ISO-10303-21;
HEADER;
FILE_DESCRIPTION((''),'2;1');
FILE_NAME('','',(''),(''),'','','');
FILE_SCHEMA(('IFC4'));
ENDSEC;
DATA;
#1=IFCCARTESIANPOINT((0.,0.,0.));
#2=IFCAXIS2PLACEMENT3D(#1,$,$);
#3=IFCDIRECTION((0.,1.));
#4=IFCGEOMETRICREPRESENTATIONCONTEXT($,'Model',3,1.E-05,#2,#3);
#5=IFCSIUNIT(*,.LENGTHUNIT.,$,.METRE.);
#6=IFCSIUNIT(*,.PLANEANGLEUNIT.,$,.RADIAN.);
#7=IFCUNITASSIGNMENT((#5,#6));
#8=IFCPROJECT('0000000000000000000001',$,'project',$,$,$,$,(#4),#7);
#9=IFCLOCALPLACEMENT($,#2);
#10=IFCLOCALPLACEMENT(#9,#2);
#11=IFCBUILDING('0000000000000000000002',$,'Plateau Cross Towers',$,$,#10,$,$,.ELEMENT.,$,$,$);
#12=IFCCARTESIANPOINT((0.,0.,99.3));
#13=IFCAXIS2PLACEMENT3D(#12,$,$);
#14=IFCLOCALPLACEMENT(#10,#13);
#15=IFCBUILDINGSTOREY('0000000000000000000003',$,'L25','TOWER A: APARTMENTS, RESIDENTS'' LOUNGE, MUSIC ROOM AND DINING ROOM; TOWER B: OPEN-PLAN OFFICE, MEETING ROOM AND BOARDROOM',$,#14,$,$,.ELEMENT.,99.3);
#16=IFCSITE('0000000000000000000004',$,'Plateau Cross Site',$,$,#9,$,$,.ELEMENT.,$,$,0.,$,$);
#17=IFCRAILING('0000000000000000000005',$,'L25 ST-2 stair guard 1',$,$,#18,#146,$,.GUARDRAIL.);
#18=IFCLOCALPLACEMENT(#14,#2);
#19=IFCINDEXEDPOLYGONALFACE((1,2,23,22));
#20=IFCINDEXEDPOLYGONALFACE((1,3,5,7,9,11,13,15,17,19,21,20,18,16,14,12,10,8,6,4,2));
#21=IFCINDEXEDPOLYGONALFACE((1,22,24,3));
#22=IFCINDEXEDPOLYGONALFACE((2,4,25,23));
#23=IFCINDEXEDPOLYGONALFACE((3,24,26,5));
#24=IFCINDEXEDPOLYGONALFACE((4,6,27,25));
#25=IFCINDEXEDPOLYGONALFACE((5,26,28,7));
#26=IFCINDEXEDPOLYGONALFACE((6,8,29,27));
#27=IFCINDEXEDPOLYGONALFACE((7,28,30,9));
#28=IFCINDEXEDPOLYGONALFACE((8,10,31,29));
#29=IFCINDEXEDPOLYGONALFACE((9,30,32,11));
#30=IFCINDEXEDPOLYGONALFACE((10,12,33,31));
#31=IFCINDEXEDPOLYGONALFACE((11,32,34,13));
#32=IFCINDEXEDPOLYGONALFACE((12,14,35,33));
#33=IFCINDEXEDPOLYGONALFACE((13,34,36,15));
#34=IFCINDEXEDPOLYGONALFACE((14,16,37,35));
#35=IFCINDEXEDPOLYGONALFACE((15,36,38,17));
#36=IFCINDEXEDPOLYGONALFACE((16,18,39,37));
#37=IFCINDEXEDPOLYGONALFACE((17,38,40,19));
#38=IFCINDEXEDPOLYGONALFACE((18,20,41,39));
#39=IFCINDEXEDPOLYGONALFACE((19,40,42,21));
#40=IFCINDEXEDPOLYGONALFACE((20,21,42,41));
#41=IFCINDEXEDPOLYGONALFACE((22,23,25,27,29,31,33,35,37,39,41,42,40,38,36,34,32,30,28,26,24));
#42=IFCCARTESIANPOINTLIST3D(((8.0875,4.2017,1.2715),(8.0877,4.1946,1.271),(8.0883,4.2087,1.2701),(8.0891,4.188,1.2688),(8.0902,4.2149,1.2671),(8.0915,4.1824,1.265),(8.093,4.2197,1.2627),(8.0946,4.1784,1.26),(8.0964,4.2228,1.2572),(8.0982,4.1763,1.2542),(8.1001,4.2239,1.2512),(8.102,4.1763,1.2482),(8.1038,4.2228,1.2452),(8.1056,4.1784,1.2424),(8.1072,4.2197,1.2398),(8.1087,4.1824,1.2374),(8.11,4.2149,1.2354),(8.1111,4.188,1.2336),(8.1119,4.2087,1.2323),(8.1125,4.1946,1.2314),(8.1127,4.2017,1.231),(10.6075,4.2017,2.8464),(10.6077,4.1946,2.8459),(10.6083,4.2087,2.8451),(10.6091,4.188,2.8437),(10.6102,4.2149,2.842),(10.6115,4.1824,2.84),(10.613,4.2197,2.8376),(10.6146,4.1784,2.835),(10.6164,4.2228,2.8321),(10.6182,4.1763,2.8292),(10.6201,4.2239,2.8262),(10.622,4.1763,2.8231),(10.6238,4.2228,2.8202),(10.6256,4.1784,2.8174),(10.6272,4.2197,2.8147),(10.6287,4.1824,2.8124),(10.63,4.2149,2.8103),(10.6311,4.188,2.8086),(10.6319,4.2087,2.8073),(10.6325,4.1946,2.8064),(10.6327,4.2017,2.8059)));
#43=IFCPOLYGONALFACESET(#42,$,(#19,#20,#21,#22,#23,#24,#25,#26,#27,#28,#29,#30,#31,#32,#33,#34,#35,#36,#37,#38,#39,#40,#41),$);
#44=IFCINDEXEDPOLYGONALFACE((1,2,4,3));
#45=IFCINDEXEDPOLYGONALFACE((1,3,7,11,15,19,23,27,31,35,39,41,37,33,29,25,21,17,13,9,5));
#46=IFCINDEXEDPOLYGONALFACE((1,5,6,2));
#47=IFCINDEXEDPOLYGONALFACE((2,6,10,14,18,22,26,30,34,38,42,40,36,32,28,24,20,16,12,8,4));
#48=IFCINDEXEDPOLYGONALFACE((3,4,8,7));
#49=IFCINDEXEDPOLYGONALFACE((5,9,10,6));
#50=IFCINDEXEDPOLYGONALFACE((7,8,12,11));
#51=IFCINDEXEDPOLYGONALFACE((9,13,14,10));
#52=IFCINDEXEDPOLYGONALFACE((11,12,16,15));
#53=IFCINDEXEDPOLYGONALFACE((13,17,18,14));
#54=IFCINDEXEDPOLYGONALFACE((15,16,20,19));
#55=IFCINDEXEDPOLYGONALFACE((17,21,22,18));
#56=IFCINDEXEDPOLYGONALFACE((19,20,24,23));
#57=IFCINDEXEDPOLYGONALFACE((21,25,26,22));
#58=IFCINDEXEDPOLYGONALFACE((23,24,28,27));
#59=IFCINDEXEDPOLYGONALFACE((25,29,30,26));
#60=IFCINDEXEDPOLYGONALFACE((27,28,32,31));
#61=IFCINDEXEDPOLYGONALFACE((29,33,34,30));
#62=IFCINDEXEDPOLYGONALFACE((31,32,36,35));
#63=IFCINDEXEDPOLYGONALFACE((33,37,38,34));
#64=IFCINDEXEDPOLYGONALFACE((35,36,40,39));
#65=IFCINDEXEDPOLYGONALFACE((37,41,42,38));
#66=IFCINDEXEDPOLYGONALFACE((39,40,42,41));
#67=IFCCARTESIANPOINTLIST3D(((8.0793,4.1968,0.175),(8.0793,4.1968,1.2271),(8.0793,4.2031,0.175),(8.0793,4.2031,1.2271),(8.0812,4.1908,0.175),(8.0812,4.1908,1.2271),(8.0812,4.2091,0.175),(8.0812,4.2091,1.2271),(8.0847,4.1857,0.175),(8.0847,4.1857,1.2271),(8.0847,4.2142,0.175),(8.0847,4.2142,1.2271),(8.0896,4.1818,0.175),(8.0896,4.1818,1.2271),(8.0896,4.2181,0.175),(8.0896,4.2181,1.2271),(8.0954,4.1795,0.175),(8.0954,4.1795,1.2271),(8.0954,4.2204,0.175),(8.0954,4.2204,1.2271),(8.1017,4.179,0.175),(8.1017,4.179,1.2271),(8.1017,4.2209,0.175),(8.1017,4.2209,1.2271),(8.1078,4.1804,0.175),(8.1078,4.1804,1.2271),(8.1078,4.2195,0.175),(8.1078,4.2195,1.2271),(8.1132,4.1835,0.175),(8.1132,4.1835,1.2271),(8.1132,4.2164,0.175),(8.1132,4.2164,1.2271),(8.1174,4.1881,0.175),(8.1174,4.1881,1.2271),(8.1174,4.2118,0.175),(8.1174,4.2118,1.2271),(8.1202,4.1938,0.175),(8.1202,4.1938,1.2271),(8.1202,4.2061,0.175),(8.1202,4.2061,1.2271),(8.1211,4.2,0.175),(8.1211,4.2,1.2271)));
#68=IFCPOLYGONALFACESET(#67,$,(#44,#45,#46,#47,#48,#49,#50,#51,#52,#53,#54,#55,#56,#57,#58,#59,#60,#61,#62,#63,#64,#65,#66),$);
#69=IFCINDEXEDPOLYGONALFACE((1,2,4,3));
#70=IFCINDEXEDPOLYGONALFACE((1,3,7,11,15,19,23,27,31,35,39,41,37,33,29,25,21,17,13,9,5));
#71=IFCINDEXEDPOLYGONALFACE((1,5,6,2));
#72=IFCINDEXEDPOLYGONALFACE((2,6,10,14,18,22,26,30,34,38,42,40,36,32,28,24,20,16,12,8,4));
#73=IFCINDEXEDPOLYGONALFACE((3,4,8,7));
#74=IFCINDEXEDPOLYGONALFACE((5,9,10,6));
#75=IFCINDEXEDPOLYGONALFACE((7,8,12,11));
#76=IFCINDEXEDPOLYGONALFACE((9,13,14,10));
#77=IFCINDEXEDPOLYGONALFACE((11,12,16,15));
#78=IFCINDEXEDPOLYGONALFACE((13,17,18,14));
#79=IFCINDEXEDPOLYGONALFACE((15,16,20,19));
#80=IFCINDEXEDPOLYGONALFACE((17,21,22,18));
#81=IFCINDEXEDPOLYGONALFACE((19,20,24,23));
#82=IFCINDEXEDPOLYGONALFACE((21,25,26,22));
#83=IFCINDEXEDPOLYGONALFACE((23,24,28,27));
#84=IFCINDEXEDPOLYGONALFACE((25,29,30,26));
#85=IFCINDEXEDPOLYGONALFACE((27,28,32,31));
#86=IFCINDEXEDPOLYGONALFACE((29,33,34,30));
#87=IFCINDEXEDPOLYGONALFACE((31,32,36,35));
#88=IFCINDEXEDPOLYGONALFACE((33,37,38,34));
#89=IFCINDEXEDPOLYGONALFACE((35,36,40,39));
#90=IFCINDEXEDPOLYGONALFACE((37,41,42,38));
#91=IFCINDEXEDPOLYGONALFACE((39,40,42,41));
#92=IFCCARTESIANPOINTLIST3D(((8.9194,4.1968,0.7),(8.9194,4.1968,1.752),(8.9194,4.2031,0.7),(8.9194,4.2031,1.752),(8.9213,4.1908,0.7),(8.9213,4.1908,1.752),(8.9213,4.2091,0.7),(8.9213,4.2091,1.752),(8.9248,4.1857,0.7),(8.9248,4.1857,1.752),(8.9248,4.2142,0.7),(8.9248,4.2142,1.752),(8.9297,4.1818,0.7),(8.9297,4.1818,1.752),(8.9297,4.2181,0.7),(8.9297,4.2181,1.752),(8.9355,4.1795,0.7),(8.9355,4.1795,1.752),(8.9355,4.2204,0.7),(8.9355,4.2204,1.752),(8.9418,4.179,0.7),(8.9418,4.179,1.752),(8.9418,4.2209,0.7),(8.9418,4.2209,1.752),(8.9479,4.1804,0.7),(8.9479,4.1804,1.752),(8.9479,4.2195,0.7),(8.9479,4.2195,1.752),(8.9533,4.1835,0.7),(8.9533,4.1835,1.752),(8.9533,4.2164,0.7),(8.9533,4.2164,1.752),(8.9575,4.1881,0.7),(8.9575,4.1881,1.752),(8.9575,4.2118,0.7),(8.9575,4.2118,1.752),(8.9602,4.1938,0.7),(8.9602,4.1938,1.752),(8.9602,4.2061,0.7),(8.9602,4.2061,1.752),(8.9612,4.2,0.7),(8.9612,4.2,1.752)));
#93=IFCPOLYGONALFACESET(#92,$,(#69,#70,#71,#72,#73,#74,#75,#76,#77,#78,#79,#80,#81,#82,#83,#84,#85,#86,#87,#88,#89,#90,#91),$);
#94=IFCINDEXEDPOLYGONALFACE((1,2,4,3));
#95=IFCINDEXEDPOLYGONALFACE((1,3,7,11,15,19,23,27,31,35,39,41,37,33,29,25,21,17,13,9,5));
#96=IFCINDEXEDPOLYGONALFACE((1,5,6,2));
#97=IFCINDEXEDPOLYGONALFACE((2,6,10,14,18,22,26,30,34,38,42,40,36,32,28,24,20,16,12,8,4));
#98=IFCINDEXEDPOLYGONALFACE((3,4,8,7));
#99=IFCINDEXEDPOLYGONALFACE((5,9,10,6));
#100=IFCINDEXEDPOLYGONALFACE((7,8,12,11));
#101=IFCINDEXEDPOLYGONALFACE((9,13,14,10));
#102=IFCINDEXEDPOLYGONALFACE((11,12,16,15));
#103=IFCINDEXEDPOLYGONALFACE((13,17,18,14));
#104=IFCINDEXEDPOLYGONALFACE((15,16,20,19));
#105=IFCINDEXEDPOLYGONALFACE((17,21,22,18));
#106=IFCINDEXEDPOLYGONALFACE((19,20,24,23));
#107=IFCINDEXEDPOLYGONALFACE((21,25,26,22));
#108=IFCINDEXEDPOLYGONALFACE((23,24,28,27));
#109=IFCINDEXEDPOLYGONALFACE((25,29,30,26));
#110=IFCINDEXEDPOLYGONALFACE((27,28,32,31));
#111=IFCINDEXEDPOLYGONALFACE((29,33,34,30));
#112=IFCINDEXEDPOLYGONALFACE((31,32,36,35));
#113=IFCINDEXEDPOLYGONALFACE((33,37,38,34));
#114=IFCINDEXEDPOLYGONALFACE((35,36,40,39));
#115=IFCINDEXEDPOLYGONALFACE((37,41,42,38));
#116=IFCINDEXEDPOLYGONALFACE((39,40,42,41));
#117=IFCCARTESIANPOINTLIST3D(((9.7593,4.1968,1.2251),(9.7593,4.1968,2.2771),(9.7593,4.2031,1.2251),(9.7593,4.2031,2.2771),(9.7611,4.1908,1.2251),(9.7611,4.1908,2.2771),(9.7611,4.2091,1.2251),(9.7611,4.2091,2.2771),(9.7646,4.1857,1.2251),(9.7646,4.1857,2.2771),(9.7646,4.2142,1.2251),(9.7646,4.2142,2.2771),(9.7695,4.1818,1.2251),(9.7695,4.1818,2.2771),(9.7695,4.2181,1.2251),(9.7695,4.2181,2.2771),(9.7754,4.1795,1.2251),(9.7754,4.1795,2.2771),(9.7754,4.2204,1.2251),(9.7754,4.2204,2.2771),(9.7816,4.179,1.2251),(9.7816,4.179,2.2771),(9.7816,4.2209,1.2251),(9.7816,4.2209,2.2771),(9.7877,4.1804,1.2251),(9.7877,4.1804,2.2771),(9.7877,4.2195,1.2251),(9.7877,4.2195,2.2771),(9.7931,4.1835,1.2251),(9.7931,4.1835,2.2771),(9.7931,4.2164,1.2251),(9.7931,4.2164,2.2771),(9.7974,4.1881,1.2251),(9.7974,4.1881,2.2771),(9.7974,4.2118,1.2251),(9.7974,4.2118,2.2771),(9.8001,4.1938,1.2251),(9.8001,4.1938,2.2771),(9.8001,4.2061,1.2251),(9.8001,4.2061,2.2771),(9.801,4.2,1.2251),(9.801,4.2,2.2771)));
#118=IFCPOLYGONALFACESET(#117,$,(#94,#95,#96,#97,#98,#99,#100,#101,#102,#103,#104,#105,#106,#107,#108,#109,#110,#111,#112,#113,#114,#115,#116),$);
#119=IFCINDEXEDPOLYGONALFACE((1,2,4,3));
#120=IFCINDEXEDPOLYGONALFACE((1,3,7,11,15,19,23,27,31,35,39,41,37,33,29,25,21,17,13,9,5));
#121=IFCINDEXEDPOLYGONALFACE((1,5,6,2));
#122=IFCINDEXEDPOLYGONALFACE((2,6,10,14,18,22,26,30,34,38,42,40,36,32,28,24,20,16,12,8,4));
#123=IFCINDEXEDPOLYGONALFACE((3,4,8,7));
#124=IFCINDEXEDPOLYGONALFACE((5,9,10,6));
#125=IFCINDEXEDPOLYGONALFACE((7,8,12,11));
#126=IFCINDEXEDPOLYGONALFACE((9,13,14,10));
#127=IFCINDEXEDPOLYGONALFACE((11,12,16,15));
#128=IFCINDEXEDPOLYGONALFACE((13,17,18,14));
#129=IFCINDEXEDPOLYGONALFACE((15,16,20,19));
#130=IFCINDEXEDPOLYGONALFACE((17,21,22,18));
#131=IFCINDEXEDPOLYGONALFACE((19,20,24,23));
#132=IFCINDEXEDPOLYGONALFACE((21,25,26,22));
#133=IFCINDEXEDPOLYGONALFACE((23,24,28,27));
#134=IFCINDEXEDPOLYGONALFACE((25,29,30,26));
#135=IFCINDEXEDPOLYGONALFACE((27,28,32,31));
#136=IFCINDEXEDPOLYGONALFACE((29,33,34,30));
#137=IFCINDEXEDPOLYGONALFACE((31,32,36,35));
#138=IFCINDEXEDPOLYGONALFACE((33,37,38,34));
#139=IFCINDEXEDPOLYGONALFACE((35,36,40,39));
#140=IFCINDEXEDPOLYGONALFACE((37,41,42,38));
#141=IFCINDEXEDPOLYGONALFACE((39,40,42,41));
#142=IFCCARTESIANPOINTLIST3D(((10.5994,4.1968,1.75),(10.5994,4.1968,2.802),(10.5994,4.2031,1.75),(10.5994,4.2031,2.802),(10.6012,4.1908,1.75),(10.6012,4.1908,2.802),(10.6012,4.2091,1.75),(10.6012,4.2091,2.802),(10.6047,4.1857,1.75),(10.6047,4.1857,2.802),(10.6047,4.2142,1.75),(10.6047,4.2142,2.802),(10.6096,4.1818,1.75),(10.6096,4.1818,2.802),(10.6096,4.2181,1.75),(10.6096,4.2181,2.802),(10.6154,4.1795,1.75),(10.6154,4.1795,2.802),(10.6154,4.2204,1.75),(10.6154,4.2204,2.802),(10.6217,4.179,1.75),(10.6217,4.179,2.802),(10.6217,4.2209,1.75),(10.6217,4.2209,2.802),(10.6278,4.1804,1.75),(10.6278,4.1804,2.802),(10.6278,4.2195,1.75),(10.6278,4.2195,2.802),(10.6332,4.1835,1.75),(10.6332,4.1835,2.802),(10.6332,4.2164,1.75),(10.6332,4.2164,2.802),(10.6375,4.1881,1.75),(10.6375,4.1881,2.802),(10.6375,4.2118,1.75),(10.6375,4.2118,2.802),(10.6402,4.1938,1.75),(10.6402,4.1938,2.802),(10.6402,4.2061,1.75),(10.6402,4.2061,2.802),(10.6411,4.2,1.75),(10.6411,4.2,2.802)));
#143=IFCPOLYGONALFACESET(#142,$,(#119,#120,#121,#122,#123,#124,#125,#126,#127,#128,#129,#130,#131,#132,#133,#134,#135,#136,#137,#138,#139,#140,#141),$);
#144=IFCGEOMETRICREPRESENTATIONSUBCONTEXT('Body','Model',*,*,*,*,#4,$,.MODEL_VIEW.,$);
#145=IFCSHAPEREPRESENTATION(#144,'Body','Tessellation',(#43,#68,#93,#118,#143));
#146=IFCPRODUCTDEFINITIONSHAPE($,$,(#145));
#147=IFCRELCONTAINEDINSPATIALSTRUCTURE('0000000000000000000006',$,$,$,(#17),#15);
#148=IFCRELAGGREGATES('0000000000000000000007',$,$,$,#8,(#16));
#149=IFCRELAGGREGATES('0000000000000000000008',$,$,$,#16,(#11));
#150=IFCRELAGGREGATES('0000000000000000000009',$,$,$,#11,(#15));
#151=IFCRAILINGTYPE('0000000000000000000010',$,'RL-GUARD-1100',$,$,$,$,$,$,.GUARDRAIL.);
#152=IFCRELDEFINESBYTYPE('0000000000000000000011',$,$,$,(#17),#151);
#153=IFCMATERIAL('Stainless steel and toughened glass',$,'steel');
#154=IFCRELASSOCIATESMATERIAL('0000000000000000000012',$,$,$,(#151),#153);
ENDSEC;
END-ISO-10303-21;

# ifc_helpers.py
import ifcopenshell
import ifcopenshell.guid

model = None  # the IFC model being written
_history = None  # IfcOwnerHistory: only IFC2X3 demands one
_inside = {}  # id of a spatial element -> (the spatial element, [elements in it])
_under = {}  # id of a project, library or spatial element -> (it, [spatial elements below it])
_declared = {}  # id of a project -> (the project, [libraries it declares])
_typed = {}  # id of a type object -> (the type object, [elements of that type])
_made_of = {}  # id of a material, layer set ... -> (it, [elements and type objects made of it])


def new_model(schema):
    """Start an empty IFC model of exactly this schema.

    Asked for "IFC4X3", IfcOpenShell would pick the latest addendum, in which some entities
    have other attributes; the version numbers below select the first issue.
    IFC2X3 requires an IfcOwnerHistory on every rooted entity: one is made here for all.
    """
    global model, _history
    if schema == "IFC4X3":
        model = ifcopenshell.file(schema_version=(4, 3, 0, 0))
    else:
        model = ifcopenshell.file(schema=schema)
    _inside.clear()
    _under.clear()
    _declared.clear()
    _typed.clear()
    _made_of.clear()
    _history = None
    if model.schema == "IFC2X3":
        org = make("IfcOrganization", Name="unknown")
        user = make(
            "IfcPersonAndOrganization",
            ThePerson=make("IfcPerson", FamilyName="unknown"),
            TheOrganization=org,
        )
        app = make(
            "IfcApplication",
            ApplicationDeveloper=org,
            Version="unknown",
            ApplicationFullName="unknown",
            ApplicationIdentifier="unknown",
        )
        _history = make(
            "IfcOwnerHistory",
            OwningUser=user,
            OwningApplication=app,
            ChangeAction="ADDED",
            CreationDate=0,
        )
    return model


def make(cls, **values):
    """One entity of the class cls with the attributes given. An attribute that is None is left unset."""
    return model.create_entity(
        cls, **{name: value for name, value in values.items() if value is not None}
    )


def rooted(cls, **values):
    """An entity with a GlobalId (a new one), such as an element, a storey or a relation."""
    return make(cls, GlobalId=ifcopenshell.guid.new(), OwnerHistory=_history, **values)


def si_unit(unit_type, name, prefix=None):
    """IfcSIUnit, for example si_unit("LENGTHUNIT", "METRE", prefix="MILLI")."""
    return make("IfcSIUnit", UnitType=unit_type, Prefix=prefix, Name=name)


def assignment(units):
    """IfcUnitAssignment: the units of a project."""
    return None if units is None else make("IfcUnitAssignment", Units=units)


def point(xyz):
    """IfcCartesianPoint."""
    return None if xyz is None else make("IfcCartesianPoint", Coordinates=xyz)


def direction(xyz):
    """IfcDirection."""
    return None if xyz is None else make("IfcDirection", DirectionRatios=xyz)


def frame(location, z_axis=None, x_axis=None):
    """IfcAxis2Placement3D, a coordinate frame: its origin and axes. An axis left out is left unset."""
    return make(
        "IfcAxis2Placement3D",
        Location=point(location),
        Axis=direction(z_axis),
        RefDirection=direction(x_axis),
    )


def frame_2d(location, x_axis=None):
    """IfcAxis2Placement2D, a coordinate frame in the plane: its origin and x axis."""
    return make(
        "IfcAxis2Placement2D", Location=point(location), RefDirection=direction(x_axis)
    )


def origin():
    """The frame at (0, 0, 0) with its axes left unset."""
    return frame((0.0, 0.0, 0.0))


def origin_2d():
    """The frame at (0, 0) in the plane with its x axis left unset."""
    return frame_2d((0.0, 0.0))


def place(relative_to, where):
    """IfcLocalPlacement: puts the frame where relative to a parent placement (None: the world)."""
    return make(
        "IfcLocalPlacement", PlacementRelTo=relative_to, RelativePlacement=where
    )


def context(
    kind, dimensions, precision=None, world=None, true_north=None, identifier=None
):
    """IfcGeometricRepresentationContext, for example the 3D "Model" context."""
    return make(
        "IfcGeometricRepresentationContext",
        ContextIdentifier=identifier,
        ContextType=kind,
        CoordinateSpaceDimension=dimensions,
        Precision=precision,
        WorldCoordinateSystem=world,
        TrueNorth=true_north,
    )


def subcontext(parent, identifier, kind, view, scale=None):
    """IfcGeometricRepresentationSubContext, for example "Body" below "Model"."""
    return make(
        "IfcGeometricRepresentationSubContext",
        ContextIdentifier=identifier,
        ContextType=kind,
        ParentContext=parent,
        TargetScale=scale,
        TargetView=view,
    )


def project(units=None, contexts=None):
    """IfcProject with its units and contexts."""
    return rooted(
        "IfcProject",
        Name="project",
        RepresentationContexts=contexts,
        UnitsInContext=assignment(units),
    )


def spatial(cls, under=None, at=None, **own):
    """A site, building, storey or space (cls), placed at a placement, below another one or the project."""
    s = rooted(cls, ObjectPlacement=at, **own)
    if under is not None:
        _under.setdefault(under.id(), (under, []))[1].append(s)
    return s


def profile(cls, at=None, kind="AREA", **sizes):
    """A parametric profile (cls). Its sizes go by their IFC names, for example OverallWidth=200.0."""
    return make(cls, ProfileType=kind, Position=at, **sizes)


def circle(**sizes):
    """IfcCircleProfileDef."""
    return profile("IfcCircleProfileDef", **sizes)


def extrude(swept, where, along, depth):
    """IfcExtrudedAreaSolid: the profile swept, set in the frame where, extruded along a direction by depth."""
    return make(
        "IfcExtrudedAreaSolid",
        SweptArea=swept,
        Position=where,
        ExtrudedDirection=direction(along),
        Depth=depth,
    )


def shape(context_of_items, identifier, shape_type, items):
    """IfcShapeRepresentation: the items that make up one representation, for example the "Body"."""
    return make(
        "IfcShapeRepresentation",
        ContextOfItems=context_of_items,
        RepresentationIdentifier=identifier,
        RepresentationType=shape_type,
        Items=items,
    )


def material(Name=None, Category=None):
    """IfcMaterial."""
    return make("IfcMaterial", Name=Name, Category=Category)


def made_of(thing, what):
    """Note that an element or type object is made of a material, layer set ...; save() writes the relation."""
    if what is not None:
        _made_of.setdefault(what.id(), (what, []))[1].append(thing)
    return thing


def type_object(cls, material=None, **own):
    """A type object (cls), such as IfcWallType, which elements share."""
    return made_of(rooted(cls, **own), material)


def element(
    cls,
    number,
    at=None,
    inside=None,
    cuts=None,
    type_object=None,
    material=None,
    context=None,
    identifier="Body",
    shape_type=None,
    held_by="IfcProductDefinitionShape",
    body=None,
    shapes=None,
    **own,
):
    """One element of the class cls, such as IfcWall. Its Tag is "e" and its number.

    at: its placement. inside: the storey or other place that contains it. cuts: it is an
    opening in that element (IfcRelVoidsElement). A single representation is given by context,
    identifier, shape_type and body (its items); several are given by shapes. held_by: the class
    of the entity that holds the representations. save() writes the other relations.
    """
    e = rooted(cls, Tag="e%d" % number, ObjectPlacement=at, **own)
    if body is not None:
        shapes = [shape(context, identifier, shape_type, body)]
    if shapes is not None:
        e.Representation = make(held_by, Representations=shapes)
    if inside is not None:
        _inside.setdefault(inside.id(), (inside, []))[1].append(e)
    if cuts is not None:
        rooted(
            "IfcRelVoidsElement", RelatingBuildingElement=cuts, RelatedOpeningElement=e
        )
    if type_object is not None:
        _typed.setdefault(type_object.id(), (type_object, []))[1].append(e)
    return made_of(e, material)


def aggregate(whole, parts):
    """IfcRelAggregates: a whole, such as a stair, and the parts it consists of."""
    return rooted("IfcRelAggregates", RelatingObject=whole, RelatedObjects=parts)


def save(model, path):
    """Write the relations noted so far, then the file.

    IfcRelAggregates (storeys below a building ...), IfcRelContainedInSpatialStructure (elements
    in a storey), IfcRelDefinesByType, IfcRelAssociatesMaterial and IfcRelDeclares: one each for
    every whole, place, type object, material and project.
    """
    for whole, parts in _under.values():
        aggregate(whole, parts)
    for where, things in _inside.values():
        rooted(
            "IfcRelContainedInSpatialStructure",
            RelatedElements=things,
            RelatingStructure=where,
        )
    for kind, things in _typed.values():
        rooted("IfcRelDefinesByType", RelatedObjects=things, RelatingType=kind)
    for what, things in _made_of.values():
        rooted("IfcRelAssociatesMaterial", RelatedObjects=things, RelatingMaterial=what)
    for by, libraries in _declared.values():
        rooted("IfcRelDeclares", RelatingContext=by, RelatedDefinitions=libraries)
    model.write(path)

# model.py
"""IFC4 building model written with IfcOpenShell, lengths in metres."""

from ifc_helpers import new_model, si_unit, direction, frame, origin, origin_2d, place, context, subcontext, project, spatial, circle, extrude, material, type_object, element, save


model = new_model("IFC4")

# Units and contexts
model_context = context("Model", 3, precision=1e-05, world=origin(), true_north=direction((0.0, 1.0)))
body_context = subcontext(model_context, "Body", "Model", "MODEL_VIEW")
ifc_project = project(units=[si_unit("LENGTHUNIT", "METRE"), si_unit("PLANEANGLEUNIT", "RADIAN")], contexts=[model_context])

# Site, building, storey
site_placement = place(None, origin())
site = spatial("IfcSite", under=ifc_project, at=site_placement, Name="Plateau Cross Site", CompositionType="ELEMENT", RefElevation=0.0)
building_placement = place(site_placement, origin())
building = spatial("IfcBuilding", under=site, at=building_placement, Name="Plateau Cross Towers", CompositionType="ELEMENT")
storey_placement = place(building_placement, frame((0.0, 0.0, 99.3)))
storey = spatial("IfcBuildingStorey", under=building, at=storey_placement, Name="L25", Description="TOWER A: APARTMENTS, RESIDENTS' LOUNGE, MUSIC ROOM AND DINING ROOM; TOWER B: OPEN-PLAN OFFICE, MEETING ROOM AND BOARDROOM", CompositionType="ELEMENT", Elevation=99.3)

# Railing
ifc_material_1 = material(Name="Stainless steel and toughened glass", Category="steel")
railing_type_1 = type_object("IfcRailingType", Name="RL-GUARD-1100", PredefinedType="GUARDRAIL", material=ifc_material_1)
railing_1_placement = place(storey_placement, frame((8.1001, 4.2, 0.175)))
element("IfcRailing", 1, at=railing_1_placement, inside=storey, type_object=railing_type_1, Name="L25 ST-2 stair guard 1", PredefinedType="GUARDRAIL", context=body_context, shape_type="SweptSolid", body=[
    extrude(circle(Radius=0.0239, at=origin_2d()), frame((0.0, 0.0, 1.0762), z_axis=(0.848008, 0.0, 0.529984), x_axis=(0.0, 1.0, 0.0)), (0.0, 0.0, 1.0), 2.9717),
    extrude(circle(Radius=0.021, at=origin_2d()), origin(), (0.0, 0.0, 1.0), 1.052),
    extrude(circle(Radius=0.021, at=origin_2d()), frame((0.8401, 0.0, 0.5249)), (0.0, 0.0, 1.0), 1.052),
    extrude(circle(Radius=0.021, at=origin_2d()), frame((1.6799, 0.0, 1.05)), (0.0, 0.0, 1.0), 1.052),
    extrude(circle(Radius=0.021, at=origin_2d()), frame((2.52, 0.0, 1.575)), (0.0, 0.0, 1.0), 1.052),
])

save(model, "model.ifc")
